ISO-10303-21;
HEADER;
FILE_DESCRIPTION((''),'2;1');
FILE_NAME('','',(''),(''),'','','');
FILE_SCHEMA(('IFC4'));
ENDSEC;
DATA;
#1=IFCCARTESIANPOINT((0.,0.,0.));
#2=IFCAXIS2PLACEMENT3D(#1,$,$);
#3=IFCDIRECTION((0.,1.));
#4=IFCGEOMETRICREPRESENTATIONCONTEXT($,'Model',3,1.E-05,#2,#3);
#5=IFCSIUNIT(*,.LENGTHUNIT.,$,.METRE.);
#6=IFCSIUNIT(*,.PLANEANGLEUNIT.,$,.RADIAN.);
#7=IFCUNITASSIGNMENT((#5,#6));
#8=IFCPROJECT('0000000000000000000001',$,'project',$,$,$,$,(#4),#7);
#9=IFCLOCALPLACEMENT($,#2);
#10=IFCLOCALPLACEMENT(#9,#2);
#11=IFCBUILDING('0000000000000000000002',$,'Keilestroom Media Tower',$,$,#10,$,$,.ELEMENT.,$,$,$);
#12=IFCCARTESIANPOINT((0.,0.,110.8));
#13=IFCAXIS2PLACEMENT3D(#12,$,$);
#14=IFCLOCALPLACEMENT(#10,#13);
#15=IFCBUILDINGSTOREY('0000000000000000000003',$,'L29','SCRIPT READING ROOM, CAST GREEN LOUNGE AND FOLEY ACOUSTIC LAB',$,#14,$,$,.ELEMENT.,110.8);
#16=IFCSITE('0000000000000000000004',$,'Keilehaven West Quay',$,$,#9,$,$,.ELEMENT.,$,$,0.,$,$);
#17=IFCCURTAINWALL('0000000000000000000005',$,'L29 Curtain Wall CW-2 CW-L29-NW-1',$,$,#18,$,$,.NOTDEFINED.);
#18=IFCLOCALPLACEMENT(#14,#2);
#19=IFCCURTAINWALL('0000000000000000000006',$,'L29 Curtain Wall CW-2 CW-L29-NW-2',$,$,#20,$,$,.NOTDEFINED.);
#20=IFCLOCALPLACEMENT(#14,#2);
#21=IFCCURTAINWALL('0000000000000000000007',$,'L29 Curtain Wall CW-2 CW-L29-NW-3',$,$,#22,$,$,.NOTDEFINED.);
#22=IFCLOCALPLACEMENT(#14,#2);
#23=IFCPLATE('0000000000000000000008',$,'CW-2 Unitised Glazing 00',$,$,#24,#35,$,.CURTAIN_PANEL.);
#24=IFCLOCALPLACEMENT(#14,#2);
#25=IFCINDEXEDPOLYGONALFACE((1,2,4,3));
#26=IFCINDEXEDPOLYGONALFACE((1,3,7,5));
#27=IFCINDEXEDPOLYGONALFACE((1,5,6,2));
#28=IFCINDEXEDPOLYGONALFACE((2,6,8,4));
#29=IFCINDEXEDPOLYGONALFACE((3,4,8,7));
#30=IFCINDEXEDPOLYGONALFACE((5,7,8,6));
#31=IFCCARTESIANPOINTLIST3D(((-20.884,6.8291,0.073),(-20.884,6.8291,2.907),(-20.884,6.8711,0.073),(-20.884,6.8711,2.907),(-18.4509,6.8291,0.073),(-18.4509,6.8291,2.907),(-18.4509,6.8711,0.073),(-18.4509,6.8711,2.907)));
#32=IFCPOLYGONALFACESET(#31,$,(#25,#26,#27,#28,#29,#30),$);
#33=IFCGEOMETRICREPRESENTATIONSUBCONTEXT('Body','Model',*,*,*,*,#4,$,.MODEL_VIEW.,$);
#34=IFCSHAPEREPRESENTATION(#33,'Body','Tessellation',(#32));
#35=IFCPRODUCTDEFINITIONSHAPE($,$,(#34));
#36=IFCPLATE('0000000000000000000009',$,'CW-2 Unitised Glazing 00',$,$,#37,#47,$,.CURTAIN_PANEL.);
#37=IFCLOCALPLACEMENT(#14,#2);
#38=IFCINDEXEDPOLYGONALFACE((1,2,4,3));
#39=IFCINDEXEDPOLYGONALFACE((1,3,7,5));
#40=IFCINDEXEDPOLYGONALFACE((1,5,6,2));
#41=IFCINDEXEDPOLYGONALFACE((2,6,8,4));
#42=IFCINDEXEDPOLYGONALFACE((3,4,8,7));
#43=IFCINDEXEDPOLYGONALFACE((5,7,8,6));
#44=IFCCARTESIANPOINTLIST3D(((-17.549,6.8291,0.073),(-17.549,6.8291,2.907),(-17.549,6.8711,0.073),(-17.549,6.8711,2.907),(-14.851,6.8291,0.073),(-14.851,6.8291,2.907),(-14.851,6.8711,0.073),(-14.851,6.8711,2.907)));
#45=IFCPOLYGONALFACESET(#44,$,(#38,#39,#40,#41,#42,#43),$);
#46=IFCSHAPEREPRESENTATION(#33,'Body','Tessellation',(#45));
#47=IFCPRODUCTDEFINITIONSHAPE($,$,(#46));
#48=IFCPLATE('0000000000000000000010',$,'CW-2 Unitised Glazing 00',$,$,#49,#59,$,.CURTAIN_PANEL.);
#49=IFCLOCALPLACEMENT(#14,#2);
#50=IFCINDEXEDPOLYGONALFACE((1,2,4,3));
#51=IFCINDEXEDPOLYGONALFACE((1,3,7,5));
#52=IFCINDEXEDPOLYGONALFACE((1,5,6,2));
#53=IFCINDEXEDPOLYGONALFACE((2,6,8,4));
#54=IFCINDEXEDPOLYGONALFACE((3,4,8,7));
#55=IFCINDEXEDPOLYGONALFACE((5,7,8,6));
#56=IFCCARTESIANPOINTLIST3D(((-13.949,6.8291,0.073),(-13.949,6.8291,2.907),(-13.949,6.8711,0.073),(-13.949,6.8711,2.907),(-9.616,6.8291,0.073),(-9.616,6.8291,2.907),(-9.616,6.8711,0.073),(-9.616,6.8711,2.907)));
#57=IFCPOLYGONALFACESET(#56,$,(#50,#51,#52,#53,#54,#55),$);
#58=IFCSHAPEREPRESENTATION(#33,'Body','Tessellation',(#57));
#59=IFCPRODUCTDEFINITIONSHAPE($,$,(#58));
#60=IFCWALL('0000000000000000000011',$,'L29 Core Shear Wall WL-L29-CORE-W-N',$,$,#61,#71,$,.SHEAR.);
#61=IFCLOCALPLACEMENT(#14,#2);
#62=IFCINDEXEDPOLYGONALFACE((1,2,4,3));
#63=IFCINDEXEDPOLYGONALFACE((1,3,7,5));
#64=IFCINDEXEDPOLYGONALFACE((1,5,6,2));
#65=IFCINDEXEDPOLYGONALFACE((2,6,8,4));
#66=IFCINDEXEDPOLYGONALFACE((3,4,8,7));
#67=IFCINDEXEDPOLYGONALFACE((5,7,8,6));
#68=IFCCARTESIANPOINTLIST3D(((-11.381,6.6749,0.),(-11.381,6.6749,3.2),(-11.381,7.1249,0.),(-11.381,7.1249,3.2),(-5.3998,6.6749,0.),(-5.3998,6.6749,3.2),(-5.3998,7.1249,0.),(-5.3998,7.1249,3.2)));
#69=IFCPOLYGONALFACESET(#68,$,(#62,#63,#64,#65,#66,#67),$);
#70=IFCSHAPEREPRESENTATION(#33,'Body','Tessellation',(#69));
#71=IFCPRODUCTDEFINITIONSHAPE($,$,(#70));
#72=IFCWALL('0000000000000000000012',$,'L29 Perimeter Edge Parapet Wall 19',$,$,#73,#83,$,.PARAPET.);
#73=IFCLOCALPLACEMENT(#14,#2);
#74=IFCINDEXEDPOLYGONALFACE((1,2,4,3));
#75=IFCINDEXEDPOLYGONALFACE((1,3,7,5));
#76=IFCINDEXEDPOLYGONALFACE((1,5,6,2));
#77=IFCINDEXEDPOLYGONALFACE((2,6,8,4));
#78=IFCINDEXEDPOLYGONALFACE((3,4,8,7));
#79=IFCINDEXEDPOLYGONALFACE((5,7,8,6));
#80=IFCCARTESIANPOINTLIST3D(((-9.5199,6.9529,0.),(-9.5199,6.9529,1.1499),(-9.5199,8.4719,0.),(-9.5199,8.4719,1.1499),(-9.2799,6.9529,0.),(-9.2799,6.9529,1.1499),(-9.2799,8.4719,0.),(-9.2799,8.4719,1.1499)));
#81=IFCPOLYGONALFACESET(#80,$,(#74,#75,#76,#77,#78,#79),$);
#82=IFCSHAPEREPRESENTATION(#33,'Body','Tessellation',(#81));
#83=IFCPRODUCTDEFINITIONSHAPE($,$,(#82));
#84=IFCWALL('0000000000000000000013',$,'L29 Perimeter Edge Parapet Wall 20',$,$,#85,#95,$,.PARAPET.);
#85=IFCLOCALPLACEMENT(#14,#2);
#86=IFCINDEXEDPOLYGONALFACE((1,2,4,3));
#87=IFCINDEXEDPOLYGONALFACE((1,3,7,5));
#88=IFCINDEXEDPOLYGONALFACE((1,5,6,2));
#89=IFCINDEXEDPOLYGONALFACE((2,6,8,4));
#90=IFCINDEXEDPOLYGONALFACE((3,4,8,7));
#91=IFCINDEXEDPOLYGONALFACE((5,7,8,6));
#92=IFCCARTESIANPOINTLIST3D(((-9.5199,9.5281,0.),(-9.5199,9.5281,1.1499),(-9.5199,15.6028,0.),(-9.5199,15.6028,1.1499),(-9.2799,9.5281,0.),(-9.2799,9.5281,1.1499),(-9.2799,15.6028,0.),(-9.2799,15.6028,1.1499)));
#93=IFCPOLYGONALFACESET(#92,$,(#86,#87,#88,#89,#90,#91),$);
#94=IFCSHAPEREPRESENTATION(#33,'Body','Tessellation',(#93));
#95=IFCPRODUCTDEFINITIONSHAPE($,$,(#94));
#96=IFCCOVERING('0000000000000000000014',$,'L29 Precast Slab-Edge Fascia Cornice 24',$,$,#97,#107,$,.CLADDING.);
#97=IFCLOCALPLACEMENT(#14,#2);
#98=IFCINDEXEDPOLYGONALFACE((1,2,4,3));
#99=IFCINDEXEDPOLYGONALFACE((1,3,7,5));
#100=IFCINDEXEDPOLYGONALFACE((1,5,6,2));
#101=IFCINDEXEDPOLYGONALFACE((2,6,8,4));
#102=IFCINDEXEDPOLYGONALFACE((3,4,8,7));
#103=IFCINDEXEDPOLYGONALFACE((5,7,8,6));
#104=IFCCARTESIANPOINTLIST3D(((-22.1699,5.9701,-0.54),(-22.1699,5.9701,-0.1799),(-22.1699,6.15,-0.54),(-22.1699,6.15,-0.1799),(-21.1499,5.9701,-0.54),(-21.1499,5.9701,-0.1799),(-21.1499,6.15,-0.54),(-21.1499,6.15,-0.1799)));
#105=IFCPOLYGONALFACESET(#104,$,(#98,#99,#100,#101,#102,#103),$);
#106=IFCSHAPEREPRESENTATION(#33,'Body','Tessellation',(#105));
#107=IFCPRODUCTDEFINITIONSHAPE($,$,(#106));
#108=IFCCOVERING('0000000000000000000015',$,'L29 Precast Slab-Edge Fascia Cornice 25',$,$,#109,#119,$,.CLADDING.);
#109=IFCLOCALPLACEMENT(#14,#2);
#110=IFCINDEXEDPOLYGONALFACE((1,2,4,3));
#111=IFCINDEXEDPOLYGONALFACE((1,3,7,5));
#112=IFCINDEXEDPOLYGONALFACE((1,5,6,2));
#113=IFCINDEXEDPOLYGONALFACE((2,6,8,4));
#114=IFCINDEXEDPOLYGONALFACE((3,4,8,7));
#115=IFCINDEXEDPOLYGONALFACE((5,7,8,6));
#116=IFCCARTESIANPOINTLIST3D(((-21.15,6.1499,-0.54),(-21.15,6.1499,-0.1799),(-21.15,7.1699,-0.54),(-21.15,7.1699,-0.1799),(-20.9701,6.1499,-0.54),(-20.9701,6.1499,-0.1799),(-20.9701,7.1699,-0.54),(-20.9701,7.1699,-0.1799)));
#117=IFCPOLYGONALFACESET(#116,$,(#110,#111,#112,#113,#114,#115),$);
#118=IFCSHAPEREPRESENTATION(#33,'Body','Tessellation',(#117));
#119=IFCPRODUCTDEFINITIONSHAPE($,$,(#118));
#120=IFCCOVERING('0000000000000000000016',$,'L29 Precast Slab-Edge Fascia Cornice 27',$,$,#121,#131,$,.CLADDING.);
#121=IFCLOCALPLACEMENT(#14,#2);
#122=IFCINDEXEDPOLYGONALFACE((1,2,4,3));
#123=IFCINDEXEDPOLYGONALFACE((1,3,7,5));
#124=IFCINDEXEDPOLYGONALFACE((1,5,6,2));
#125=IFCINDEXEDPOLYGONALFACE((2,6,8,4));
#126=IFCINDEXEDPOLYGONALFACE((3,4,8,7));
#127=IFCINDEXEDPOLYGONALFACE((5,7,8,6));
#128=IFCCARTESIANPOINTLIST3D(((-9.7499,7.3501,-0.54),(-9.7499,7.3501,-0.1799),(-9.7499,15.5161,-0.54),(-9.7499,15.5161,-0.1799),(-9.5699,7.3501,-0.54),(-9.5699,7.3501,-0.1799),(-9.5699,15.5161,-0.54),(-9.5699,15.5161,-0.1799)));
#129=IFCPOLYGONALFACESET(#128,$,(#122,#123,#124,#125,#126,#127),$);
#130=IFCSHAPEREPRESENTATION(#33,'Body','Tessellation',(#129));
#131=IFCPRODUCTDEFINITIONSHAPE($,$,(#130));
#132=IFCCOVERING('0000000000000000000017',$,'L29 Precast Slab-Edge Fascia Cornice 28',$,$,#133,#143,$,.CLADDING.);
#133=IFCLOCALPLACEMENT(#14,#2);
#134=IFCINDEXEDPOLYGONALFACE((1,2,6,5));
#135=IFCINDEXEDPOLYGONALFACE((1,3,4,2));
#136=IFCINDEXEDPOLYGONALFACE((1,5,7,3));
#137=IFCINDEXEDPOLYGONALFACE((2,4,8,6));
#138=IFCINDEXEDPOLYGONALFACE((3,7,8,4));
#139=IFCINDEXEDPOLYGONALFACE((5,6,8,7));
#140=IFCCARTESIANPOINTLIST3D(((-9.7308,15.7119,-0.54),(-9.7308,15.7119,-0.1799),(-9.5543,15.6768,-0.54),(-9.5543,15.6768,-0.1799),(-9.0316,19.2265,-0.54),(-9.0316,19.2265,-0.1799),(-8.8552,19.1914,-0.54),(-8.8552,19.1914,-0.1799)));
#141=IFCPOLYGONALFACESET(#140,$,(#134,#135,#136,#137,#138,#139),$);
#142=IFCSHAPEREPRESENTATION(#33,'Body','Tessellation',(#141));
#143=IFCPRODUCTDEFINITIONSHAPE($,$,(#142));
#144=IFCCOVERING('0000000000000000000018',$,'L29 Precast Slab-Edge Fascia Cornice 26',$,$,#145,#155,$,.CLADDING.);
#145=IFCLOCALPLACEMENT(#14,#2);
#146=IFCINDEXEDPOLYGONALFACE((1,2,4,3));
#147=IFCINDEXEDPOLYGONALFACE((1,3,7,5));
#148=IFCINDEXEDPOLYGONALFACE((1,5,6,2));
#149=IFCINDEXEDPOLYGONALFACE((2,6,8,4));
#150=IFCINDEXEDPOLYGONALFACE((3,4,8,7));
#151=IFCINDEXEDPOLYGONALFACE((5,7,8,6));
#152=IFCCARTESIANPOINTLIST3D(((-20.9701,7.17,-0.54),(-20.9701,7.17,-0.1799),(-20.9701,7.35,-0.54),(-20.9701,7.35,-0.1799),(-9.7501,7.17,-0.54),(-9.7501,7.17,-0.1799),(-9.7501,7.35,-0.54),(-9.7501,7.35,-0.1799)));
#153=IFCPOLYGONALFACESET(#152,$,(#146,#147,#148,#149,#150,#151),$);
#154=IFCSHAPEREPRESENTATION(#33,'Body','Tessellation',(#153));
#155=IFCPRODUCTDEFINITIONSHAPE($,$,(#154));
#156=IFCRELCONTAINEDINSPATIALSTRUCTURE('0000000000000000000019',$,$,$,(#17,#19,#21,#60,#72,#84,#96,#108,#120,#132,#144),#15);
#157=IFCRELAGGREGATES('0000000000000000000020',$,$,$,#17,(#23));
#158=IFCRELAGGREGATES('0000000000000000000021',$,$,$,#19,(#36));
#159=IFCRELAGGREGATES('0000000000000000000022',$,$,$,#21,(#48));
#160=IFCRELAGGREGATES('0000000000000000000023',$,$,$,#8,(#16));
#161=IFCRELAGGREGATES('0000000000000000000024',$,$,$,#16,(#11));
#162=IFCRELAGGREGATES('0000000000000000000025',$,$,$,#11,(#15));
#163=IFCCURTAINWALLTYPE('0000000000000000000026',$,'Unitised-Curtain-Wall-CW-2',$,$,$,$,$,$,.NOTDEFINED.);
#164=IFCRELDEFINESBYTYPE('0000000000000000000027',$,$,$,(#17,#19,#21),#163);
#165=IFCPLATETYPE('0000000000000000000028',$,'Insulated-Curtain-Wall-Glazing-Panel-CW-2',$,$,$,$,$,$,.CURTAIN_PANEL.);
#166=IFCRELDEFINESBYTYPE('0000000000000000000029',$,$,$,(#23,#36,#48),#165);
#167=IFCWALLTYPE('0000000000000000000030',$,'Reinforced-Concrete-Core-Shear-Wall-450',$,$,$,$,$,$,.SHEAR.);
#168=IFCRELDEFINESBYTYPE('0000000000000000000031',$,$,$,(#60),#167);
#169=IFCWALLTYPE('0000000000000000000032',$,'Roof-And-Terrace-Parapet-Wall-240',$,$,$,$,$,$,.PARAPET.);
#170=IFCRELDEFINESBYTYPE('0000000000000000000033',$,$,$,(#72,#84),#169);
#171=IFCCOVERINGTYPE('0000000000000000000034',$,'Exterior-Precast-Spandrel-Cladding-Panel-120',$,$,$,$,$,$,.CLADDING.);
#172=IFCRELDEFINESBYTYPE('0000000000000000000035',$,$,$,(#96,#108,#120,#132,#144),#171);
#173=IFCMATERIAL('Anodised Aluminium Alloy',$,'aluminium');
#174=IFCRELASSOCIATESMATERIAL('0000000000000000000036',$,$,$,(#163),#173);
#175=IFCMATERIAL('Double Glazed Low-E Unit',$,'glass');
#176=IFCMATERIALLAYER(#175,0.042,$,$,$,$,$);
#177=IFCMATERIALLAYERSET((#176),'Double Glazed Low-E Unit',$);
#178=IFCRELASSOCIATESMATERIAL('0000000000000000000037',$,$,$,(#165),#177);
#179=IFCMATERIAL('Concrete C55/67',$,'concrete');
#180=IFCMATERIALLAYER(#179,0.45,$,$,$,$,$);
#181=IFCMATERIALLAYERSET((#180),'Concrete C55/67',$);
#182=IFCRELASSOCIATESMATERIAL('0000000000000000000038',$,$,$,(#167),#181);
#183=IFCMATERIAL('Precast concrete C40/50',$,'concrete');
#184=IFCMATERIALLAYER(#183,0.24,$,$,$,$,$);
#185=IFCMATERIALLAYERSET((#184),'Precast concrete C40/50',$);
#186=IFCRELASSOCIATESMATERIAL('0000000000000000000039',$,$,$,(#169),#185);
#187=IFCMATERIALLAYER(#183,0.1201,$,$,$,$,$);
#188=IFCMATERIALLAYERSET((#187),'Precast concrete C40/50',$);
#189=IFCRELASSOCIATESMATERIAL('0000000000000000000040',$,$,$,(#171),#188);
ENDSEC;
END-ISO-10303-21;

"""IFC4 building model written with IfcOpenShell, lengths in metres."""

from ifc_helpers import new_model, si_unit, direction, frame, frame_2d, origin, origin_2d, place, context, subcontext, project, spatial, rectangle, extrude, source, transform, mapped, material, layer, layer_set, type_object, element, aggregate, save


model = new_model("IFC4")

# Units and contexts
model_context = context("Model", 3, precision=1e-05, world=origin(), true_north=direction((0.0, 1.0)))
body_context = subcontext(model_context, "Body", "Model", "MODEL_VIEW")
ifc_project = project(units=[si_unit("LENGTHUNIT", "METRE"), si_unit("PLANEANGLEUNIT", "RADIAN")], contexts=[model_context])

# Site, building, storey
site_placement = place(None, origin())
site = spatial("IfcSite", under=ifc_project, at=site_placement, Name="Keilehaven West Quay", CompositionType="ELEMENT", RefElevation=0.0)
building_placement = place(site_placement, origin())
building = spatial("IfcBuilding", under=site, at=building_placement, Name="Keilestroom Media Tower", CompositionType="ELEMENT")
storey_placement = place(building_placement, frame((0.0, 0.0, 110.8)))
storey = spatial("IfcBuildingStorey", under=building, at=storey_placement, Name="L29", Description="SCRIPT READING ROOM, CAST GREEN LOUNGE AND FOLEY ACOUSTIC LAB", CompositionType="ELEMENT", Elevation=110.8)

# Shared definitions
ifc_material_1 = material(Name="Precast concrete C40/50", Category="concrete")
ifc_material_2 = material(Name="Concrete C55/67", Category="concrete")

# Curtain walls
ifc_material_3 = material(Name="Anodised Aluminium Alloy", Category="aluminium")
curtain_wall_type = type_object("IfcCurtainWallType", Name="Unitised-Curtain-Wall-CW-2", PredefinedType="NOTDEFINED", material=ifc_material_3)
curtain_wall_1_placement = place(storey_placement, origin())
curtain_wall_1 = element("IfcCurtainWall", 1, at=curtain_wall_1_placement, inside=storey, type_object=curtain_wall_type, Name="L29 Curtain Wall CW-2 CW-L29-NW-1", PredefinedType="NOTDEFINED")
curtain_wall_2_placement = place(storey_placement, origin())
curtain_wall_2 = element("IfcCurtainWall", 2, at=curtain_wall_2_placement, inside=storey, type_object=curtain_wall_type, Name="L29 Curtain Wall CW-2 CW-L29-NW-2", PredefinedType="NOTDEFINED")
curtain_wall_3_placement = place(storey_placement, origin())
curtain_wall_3 = element("IfcCurtainWall", 3, at=curtain_wall_3_placement, inside=storey, type_object=curtain_wall_type, Name="L29 Curtain Wall CW-2 CW-L29-NW-3", PredefinedType="NOTDEFINED")

# Plates
ifc_material_4 = material(Name="Double Glazed Low-E Unit", Category="glass")
ifc_layer_1 = layer(ifc_material_4, 0.042)
ifc_layer_set_1 = layer_set([ifc_layer_1], Name="Double Glazed Low-E Unit")
plate_type = type_object("IfcPlateType", Name="Insulated-Curtain-Wall-Glazing-Panel-CW-2", PredefinedType="CURTAIN_PANEL", material=ifc_layer_set_1)
shared_shape_1 = source(origin(), body_context, "Body", "SweptSolid", [
    extrude(rectangle(XDim=2.4331, YDim=0.042, at=origin_2d()), origin(), (0.0, 0.0, 1.0), 2.834),
])
plate_1_placement = place(storey_placement, frame((-19.6675, 6.8501, 0.073), z_axis=(0.0, 0.0, 1.0), x_axis=(1.0, 0.0, 0.0)))
plate_1 = element("IfcPlate", 4, at=plate_1_placement, type_object=plate_type, Name="CW-2 Unitised Glazing 00", PredefinedType="CURTAIN_PANEL", context=body_context, shape_type="MappedRepresentation", body=[
    mapped(shared_shape_1, transform((0.0, 0.0, 0.0), x_axis=(1.0, 0.0, 0.0), y_axis=(0.0, 1.0, 0.0), z_axis=(0.0, 0.0, 1.0), scale=1.0)),
])
aggregate(curtain_wall_1, [plate_1])
shared_shape_2 = source(origin(), body_context, "Body", "SweptSolid", [
    extrude(rectangle(XDim=2.698, YDim=0.042, at=origin_2d()), origin(), (0.0, 0.0, 1.0), 2.834),
])
plate_2_placement = place(storey_placement, frame((-16.2, 6.8501, 0.073), z_axis=(0.0, 0.0, 1.0), x_axis=(1.0, 0.0, 0.0)))
plate_2 = element("IfcPlate", 5, at=plate_2_placement, type_object=plate_type, Name="CW-2 Unitised Glazing 00", PredefinedType="CURTAIN_PANEL", context=body_context, shape_type="MappedRepresentation", body=[
    mapped(shared_shape_2, transform((0.0, 0.0, 0.0), x_axis=(1.0, 0.0, 0.0), y_axis=(0.0, 1.0, 0.0), z_axis=(0.0, 0.0, 1.0), scale=1.0)),
])
aggregate(curtain_wall_2, [plate_2])
shared_shape_3 = source(origin(), body_context, "Body", "SweptSolid", [
    extrude(rectangle(XDim=4.333, YDim=0.042, at=origin_2d()), origin(), (0.0, 0.0, 1.0), 2.834),
])
plate_3_placement = place(storey_placement, frame((-11.7825, 6.8501, 0.073), z_axis=(0.0, 0.0, 1.0), x_axis=(1.0, 0.0, 0.0)))
plate_3 = element("IfcPlate", 6, at=plate_3_placement, type_object=plate_type, Name="CW-2 Unitised Glazing 00", PredefinedType="CURTAIN_PANEL", context=body_context, shape_type="MappedRepresentation", body=[
    mapped(shared_shape_3, transform((0.0, 0.0, 0.0), x_axis=(1.0, 0.0, 0.0), y_axis=(0.0, 1.0, 0.0), z_axis=(0.0, 0.0, 1.0), scale=1.0)),
])
aggregate(curtain_wall_3, [plate_3])

# Walls
ifc_layer_2 = layer(ifc_material_2, 0.45)
ifc_layer_set_2 = layer_set([ifc_layer_2], Name="Concrete C55/67")
wall_type_1 = type_object("IfcWallType", Name="Reinforced-Concrete-Core-Shear-Wall-450", PredefinedType="SHEAR", material=ifc_layer_set_2)
wall_1_placement = place(storey_placement, frame((-11.3811, 6.8999, 0.0), z_axis=(0.0, 0.0, 1.0), x_axis=(1.0, 0.0, 0.0)))
element("IfcWall", 7, at=wall_1_placement, inside=storey, type_object=wall_type_1, Name="L29 Core Shear Wall WL-L29-CORE-W-N", PredefinedType="SHEAR", context=body_context, shape_type="SweptSolid", body=[
    extrude(rectangle(XDim=5.9812, YDim=0.45, at=frame_2d((2.9907, 0.0))), origin(), (0.0, 0.0, 1.0), 3.2),
])
ifc_layer_3 = layer(ifc_material_1, 0.24)
ifc_layer_set_3 = layer_set([ifc_layer_3], Name="Precast concrete C40/50")
wall_type_2 = type_object("IfcWallType", Name="Roof-And-Terrace-Parapet-Wall-240", PredefinedType="PARAPET", material=ifc_layer_set_3)
wall_2_placement = place(storey_placement, frame((-9.3999, 6.9529, 0.0), z_axis=(0.0, 0.0, 1.0), x_axis=(0.0, 1.0, 0.0)))
element("IfcWall", 8, at=wall_2_placement, inside=storey, type_object=wall_type_2, Name="L29 Perimeter Edge Parapet Wall 19", PredefinedType="PARAPET", context=body_context, shape_type="SweptSolid", body=[
    extrude(rectangle(XDim=1.519, YDim=0.24, at=frame_2d((0.7595, 0.0))), origin(), (0.0, 0.0, 1.0), 1.1499),
])
wall_3_placement = place(storey_placement, frame((-9.3999, 9.5281, 0.0), z_axis=(0.0, 0.0, 1.0), x_axis=(0.0, 1.0, 0.0)))
element("IfcWall", 9, at=wall_3_placement, inside=storey, type_object=wall_type_2, Name="L29 Perimeter Edge Parapet Wall 20", PredefinedType="PARAPET", context=body_context, shape_type="SweptSolid", body=[
    extrude(rectangle(XDim=6.0747, YDim=0.24, at=frame_2d((3.0374, 0.0))), origin(), (0.0, 0.0, 1.0), 1.1499),
])

# Coverings
ifc_layer_4 = layer(ifc_material_1, 0.1201)
ifc_layer_set_4 = layer_set([ifc_layer_4], Name="Precast concrete C40/50")
covering_type = type_object("IfcCoveringType", Name="Exterior-Precast-Spandrel-Cladding-Panel-120", PredefinedType="CLADDING", material=ifc_layer_set_4)
shared_shape_4 = source(origin(), body_context, "Body", "SweptSolid", [
    extrude(rectangle(XDim=1.02, YDim=0.1799, at=origin_2d()), origin(), (0.0, 0.0, 1.0), 0.3601),
])
for number, where, z_axis, x_axis, name in (
    (10, (-21.6599, 6.0601, -0.54), (0.0, 0.0, 1.0), (1.0, 0.0, 0.0), "L29 Precast Slab-Edge Fascia Cornice 24"),
    (11, (-21.0601, 6.6599, -0.54), (0.0, 0.0, 1.0), (0.0, 1.0, 0.0), "L29 Precast Slab-Edge Fascia Cornice 25"),
):
    element("IfcCovering", number, at=place(storey_placement, frame(where, z_axis=z_axis, x_axis=x_axis)), inside=storey, type_object=covering_type, Name=name, PredefinedType="CLADDING", context=body_context, shape_type="MappedRepresentation", body=[
        mapped(shared_shape_4, transform((0.0, 0.0, 0.0), x_axis=(1.0, 0.0, 0.0), y_axis=(0.0, 1.0, 0.0), z_axis=(0.0, 0.0, 1.0), scale=1.0)),
    ])
shared_shape_5 = source(origin(), body_context, "Body", "SweptSolid", [
    extrude(rectangle(XDim=8.166, YDim=0.1799, at=origin_2d()), origin(), (0.0, 0.0, 1.0), 0.3601),
])
covering_1_placement = place(storey_placement, frame((-9.6599, 11.4331, -0.54), z_axis=(0.0, 0.0, 1.0), x_axis=(0.0, 1.0, 0.0)))
element("IfcCovering", 12, at=covering_1_placement, inside=storey, type_object=covering_type, Name="L29 Precast Slab-Edge Fascia Cornice 27", PredefinedType="CLADDING", context=body_context, shape_type="MappedRepresentation", body=[
    mapped(shared_shape_5, transform((0.0, 0.0, 0.0), x_axis=(1.0, 0.0, 0.0), y_axis=(0.0, 1.0, 0.0), z_axis=(0.0, 0.0, 1.0), scale=1.0)),
])
shared_shape_6 = source(origin(), body_context, "Body", "SweptSolid", [
    extrude(rectangle(XDim=3.5835, YDim=0.1799, at=origin_2d()), origin(), (0.0, 0.0, 1.0), 0.3601),
])
covering_2_placement = place(storey_placement, frame((-9.293, 17.4517, -0.54), z_axis=(0.0, 0.0, 1.0), x_axis=(0.195099, 0.980784, 0.0)))
element("IfcCovering", 13, at=covering_2_placement, inside=storey, type_object=covering_type, Name="L29 Precast Slab-Edge Fascia Cornice 28", PredefinedType="CLADDING", context=body_context, shape_type="MappedRepresentation", body=[
    mapped(shared_shape_6, transform((0.0, 0.0, 0.0), x_axis=(1.0, 0.0, 0.0), y_axis=(0.0, 1.0, 0.0), z_axis=(0.0, 0.0, 1.0), scale=1.0)),
])
shared_shape_7 = source(origin(), body_context, "Body", "SweptSolid", [
    extrude(rectangle(XDim=11.22, YDim=0.1799, at=origin_2d()), origin(), (0.0, 0.0, 1.0), 0.3601),
])
covering_3_placement = place(storey_placement, frame((-15.3601, 7.26, -0.54), z_axis=(0.0, 0.0, 1.0), x_axis=(1.0, 0.0, 0.0)))
element("IfcCovering", 14, at=covering_3_placement, inside=storey, type_object=covering_type, Name="L29 Precast Slab-Edge Fascia Cornice 26", PredefinedType="CLADDING", context=body_context, shape_type="MappedRepresentation", body=[
    mapped(shared_shape_7, transform((0.0, 0.0, 0.0), x_axis=(1.0, 0.0, 0.0), y_axis=(0.0, 1.0, 0.0), z_axis=(0.0, 0.0, 1.0), scale=1.0)),
])

save(model, "model.ifc")
